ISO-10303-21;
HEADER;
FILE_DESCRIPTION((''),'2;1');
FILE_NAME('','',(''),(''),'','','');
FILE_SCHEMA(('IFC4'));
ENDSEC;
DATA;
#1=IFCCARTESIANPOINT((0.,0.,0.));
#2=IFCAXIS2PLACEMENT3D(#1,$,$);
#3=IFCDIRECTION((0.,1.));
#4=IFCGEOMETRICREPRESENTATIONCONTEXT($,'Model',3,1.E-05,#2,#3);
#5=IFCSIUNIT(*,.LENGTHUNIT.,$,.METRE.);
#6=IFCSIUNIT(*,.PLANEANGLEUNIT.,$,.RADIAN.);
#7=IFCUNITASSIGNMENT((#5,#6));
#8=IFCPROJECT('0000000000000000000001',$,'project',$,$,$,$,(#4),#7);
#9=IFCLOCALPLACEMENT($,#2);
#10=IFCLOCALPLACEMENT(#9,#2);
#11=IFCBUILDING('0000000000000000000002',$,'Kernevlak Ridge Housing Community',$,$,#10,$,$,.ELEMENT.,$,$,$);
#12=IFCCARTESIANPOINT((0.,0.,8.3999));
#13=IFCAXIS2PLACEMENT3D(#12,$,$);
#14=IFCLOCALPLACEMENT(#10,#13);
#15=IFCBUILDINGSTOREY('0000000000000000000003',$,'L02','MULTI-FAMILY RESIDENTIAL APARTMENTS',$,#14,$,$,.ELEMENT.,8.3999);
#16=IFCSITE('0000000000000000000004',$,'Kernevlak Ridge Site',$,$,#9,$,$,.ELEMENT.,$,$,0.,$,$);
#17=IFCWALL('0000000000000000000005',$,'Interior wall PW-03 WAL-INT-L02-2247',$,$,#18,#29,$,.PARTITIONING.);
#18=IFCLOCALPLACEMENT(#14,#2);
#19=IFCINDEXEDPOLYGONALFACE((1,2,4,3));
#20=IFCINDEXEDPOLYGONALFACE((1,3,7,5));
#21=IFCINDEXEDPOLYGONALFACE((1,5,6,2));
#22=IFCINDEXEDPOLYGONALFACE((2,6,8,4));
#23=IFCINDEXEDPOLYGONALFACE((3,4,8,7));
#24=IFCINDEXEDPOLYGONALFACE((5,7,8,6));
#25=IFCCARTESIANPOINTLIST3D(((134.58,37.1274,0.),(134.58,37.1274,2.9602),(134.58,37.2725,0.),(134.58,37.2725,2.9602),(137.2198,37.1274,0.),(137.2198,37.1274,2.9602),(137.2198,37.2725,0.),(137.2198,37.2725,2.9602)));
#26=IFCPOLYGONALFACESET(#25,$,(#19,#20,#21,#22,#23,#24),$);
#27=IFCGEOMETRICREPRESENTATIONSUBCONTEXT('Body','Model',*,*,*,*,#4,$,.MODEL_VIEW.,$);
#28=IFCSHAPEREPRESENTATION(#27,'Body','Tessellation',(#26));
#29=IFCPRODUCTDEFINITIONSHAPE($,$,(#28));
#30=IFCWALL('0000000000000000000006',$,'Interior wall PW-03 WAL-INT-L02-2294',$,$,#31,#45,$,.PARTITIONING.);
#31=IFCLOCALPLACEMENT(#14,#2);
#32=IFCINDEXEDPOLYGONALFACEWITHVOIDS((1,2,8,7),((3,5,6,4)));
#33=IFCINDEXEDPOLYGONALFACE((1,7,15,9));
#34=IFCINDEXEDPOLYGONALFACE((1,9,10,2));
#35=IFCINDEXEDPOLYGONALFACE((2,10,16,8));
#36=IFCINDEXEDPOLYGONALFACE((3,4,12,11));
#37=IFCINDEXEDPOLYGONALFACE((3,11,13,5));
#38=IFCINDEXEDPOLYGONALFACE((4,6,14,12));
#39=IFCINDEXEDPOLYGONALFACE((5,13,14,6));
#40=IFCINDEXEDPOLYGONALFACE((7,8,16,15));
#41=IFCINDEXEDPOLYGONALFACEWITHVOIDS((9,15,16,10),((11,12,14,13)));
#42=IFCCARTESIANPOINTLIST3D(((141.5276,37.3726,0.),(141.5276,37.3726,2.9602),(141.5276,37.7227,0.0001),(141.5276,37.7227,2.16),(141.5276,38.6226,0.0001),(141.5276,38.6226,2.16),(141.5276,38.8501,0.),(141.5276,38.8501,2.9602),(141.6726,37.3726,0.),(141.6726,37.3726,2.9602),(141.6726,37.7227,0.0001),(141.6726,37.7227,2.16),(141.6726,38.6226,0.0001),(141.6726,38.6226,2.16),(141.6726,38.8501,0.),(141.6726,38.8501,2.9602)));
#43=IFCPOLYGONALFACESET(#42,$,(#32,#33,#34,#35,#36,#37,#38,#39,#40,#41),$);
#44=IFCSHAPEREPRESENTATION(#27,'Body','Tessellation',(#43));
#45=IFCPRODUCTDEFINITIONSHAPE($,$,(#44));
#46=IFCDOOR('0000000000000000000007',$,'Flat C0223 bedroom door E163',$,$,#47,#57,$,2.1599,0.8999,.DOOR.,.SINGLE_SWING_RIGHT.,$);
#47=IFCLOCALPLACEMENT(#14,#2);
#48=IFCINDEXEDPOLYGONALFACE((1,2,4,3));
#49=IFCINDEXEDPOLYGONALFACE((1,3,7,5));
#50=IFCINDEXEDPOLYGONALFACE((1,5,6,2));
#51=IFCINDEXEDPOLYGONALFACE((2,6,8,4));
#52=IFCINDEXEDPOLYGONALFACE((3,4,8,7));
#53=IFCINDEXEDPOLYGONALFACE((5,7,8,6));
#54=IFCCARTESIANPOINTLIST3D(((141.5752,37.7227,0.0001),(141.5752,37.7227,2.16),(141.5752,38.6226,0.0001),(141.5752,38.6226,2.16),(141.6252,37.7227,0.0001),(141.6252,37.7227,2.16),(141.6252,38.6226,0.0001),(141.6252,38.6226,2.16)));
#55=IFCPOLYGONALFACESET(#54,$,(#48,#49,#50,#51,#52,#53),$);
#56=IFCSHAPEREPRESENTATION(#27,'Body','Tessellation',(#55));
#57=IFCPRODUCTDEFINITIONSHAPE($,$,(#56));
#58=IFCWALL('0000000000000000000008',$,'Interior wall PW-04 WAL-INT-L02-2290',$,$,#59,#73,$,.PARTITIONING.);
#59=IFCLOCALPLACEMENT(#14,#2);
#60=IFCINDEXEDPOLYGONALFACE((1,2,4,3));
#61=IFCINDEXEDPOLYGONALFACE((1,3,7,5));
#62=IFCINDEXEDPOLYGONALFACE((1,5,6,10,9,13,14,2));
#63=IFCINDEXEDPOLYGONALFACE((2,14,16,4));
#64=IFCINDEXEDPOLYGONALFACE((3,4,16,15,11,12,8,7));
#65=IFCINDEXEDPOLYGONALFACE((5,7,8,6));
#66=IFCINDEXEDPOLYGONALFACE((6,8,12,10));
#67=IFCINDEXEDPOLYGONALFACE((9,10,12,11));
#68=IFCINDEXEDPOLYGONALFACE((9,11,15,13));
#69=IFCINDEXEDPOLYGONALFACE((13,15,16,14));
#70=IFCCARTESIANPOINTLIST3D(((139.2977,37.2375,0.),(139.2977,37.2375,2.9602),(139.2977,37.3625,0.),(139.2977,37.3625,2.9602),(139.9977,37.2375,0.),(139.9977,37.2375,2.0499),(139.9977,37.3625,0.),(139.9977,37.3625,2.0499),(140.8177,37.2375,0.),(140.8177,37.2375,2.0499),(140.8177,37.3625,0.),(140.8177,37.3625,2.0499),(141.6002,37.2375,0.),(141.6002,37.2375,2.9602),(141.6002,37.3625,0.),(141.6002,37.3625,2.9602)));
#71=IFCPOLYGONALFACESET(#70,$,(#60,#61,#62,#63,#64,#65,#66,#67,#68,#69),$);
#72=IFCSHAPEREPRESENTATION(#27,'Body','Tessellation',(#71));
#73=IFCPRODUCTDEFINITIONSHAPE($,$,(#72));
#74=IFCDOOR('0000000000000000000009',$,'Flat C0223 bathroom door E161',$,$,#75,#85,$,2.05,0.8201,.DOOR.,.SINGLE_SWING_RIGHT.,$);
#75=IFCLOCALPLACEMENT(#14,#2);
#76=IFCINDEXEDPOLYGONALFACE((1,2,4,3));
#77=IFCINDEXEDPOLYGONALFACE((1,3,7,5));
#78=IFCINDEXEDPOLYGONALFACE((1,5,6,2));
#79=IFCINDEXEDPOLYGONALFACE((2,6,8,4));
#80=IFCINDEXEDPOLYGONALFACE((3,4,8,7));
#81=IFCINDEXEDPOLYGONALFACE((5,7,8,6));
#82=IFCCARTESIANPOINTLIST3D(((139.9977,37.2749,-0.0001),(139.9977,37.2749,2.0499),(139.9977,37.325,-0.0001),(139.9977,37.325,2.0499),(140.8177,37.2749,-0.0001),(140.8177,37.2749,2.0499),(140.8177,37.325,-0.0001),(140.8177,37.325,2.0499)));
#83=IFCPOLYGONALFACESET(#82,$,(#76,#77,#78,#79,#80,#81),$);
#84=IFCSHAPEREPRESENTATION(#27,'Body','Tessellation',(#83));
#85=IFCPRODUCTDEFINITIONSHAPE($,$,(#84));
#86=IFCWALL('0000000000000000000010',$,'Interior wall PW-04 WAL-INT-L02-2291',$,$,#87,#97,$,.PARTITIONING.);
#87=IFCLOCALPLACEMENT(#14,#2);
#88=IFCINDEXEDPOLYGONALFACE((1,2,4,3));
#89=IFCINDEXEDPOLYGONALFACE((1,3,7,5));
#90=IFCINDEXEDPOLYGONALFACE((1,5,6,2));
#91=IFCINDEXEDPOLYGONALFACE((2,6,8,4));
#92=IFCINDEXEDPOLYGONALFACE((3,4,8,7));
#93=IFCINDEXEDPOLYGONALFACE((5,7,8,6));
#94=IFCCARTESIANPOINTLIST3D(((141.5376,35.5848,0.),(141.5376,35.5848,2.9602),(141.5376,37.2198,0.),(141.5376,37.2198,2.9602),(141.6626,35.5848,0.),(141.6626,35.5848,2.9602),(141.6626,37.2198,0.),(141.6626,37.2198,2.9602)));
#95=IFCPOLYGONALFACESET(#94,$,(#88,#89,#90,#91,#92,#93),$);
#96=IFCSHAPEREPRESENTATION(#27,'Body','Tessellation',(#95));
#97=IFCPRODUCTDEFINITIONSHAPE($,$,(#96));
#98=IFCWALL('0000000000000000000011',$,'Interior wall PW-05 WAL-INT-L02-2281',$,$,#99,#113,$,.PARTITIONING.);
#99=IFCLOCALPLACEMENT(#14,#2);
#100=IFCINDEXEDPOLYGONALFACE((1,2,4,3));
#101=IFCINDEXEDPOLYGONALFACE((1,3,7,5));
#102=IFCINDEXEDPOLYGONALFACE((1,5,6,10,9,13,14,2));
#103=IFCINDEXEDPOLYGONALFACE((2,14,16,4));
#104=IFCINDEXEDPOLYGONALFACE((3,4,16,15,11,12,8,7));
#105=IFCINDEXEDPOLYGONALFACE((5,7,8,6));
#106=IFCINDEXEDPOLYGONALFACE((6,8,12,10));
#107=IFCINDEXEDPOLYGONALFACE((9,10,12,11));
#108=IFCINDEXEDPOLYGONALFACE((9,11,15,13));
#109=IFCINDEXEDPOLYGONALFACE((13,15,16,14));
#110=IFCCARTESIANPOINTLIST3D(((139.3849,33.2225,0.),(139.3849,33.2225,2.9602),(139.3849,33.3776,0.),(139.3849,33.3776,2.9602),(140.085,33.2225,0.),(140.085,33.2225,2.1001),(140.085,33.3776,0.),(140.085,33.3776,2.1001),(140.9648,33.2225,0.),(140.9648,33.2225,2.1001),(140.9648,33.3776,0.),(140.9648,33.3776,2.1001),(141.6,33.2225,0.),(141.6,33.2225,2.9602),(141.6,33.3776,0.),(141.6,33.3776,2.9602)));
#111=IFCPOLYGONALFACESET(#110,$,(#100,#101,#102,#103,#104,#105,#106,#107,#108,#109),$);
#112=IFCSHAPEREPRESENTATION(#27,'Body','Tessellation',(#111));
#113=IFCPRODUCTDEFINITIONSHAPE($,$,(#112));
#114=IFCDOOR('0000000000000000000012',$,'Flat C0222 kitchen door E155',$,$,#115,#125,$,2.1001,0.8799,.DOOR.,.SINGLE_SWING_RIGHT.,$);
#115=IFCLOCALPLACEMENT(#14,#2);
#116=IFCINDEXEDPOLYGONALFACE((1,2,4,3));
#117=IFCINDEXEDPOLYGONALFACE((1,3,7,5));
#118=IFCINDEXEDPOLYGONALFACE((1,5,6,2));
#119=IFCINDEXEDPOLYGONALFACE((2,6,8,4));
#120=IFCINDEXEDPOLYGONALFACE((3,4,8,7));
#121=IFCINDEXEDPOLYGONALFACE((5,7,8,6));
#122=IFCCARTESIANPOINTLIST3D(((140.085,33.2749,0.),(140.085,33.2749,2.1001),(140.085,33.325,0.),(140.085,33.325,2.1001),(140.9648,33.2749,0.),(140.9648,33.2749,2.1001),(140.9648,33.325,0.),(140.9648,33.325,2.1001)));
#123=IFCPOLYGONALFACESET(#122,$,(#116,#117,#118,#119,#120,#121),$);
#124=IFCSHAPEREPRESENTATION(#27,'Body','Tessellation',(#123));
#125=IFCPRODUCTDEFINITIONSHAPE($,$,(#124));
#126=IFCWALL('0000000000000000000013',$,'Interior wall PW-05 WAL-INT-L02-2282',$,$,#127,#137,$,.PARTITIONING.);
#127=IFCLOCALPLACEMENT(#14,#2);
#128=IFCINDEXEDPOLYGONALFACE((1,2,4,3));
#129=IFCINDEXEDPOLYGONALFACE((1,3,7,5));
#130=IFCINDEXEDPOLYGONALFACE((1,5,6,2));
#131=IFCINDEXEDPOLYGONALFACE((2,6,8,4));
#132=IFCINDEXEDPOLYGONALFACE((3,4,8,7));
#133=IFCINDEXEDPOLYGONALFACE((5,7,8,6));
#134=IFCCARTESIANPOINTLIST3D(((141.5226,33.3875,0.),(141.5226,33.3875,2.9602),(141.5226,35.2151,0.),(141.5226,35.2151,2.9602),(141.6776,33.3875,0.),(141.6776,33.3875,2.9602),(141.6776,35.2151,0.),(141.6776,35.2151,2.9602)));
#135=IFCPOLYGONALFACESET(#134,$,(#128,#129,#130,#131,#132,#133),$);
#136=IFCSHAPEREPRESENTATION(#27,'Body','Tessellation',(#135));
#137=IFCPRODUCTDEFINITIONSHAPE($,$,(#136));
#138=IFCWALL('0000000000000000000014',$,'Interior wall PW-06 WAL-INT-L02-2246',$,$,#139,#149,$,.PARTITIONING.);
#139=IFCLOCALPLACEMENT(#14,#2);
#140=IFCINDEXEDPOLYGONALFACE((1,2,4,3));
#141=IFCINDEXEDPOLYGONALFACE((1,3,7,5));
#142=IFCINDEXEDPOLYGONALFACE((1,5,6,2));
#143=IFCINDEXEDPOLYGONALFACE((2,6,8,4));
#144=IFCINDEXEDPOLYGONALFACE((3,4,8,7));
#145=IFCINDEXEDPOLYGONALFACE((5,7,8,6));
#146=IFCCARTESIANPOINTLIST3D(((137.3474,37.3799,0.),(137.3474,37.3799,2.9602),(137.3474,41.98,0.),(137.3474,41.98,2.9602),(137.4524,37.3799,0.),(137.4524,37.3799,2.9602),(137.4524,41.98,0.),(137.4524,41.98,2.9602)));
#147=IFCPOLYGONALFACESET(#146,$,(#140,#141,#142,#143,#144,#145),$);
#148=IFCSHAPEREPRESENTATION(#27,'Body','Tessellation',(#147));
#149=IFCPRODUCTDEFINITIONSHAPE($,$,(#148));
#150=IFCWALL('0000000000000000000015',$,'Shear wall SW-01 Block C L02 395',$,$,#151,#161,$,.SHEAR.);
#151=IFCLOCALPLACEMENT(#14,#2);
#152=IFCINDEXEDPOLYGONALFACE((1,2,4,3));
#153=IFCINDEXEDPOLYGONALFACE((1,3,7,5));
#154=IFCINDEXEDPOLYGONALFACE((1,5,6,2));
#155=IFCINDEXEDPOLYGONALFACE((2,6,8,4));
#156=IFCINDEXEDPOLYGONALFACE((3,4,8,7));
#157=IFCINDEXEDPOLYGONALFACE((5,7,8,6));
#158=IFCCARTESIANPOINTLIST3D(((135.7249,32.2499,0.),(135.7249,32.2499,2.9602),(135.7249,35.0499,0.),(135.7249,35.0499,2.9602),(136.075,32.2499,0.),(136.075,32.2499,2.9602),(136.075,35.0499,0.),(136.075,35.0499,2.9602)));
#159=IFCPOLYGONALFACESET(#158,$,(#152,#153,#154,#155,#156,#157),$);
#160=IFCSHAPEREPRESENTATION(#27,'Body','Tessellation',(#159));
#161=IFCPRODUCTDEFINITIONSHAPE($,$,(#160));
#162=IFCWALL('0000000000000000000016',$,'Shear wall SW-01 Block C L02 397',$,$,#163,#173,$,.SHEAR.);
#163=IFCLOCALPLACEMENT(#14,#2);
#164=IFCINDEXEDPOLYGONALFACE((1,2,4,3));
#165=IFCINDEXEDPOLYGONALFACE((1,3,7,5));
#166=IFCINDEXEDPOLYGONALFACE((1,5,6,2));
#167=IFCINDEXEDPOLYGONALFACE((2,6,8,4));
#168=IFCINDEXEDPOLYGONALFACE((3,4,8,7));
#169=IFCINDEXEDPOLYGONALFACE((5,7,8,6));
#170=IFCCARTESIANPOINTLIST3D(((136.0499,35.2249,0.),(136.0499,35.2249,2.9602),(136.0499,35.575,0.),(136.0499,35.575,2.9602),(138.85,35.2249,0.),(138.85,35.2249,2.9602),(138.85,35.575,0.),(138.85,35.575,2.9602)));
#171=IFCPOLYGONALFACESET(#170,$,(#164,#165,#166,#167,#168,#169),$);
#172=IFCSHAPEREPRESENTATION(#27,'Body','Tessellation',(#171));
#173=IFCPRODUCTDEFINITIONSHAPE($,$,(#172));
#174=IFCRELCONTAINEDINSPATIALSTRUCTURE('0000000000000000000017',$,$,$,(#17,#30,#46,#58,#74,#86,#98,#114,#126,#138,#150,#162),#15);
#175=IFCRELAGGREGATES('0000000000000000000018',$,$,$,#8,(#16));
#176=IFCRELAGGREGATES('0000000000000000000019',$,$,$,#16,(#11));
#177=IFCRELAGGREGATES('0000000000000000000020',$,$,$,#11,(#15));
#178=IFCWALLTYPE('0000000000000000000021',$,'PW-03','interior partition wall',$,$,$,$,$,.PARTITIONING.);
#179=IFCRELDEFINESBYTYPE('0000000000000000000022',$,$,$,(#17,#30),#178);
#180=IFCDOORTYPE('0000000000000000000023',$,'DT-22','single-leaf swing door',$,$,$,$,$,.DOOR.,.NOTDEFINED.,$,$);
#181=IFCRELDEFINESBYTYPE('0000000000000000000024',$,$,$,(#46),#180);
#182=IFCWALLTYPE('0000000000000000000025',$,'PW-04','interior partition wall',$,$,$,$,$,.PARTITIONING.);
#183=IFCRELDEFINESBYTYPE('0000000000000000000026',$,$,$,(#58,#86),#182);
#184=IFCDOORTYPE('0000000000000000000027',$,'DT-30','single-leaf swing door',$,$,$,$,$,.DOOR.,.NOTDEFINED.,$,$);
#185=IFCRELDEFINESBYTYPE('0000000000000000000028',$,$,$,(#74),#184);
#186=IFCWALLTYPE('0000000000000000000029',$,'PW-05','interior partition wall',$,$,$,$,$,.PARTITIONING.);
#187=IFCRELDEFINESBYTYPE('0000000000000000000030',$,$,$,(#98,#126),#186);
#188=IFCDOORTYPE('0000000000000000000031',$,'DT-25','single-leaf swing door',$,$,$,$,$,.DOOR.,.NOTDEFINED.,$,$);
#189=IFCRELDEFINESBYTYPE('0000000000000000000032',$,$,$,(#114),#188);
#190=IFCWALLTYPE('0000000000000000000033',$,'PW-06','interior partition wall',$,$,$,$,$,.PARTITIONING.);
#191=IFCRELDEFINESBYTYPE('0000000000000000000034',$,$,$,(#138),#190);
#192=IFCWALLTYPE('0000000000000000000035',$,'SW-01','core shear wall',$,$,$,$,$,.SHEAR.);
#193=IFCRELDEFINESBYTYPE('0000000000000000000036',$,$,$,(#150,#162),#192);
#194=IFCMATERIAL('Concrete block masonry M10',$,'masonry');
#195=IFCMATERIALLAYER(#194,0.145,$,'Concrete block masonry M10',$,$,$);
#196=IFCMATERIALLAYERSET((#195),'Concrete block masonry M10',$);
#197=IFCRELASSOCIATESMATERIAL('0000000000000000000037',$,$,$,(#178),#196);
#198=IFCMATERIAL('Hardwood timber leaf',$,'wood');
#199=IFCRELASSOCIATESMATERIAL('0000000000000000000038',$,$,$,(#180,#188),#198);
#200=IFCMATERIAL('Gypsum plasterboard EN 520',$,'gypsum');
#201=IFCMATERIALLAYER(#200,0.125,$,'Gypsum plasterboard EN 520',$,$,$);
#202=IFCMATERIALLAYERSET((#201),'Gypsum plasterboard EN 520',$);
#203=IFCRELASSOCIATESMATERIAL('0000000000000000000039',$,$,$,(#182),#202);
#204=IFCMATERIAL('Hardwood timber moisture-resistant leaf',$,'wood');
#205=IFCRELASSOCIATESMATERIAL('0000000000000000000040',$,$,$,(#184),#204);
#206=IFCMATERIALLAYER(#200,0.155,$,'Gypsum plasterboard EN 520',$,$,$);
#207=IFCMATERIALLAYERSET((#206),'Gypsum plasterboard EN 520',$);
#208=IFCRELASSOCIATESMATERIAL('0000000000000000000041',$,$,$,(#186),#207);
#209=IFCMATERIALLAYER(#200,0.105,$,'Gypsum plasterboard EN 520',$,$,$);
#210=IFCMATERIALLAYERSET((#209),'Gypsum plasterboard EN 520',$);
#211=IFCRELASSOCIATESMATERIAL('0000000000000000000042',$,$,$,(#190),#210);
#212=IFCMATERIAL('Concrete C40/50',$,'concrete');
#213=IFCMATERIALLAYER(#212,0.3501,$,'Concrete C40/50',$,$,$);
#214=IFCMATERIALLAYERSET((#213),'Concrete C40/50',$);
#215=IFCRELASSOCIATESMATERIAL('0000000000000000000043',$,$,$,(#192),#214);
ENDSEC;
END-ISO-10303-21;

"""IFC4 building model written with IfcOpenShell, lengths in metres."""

from ifc_helpers import new_model, si_unit, direction, frame, frame_2d, origin, place, context, subcontext, project, spatial, rectangle, extrude, material, layer, layer_set, type_object, element, fill, save


model = new_model("IFC4")

# Units and contexts
model_context = context("Model", 3, precision=1e-05, world=origin(), true_north=direction((0.0, 1.0)))
body_context = subcontext(model_context, "Body", "Model", "MODEL_VIEW")
ifc_project = project(units=[si_unit("LENGTHUNIT", "METRE"), si_unit("PLANEANGLEUNIT", "RADIAN")], contexts=[model_context])

# Site, building, storey
site_placement = place(None, origin())
site = spatial("IfcSite", under=ifc_project, at=site_placement, Name="Kernevlak Ridge Site", CompositionType="ELEMENT", RefElevation=0.0)
building_placement = place(site_placement, origin())
building = spatial("IfcBuilding", under=site, at=building_placement, Name="Kernevlak Ridge Housing Community", CompositionType="ELEMENT")
storey_placement = place(building_placement, frame((0.0, 0.0, 8.3999)))
storey = spatial("IfcBuildingStorey", under=building, at=storey_placement, Name="L02", Description="MULTI-FAMILY RESIDENTIAL APARTMENTS", CompositionType="ELEMENT", Elevation=8.3999)

# Shared definitions
ifc_material_1 = material(Name="Concrete C40/50", Category="concrete")

# Shared definitions
ifc_material_2 = material(Name="Concrete block masonry M10", Category="masonry")

# Shared definitions
ifc_layer_1 = layer(ifc_material_2, 0.145, Name="Concrete block masonry M10")
ifc_layer_set_1 = layer_set([ifc_layer_1], Name="Concrete block masonry M10")
wall_type_1 = type_object("IfcWallType", Name="PW-03", Description="interior partition wall", PredefinedType="PARTITIONING", material=ifc_layer_set_1)
ifc_material_3 = material(Name="Hardwood timber leaf", Category="wood")

# Wall
wall_1_placement = place(storey_placement, frame((134.5801, 37.2, 0.0), z_axis=(0.0, 0.0, 1.0), x_axis=(1.0, 0.0, 0.0)))
element("IfcWall", 1, at=wall_1_placement, inside=storey, type_object=wall_type_1, Name="Interior wall PW-03 WAL-INT-L02-2247", PredefinedType="PARTITIONING", context=body_context, shape_type="SweptSolid", body=[
    extrude(rectangle(XDim=2.6399, YDim=0.145, at=frame_2d((1.3198, 0.0))), origin(), (0.0, 0.0, 1.0), 2.9602),
])

# Walls, openings, doors
wall_2_placement = place(storey_placement, frame((141.6001, 37.3726, 0.0), z_axis=(0.0, 0.0, 1.0), x_axis=(0.0, 1.0, 0.0)))
wall_2 = element("IfcWall", 2, at=wall_2_placement, inside=storey, type_object=wall_type_1, Name="Interior wall PW-03 WAL-INT-L02-2294", PredefinedType="PARTITIONING", context=body_context, shape_type="SweptSolid", body=[
    extrude(rectangle(XDim=1.4775, YDim=0.145, at=frame_2d((0.7388, 0.0))), origin(), (0.0, 0.0, 1.0), 2.9602),
])
opening_1_placement = place(wall_2_placement, frame((0.3501, 0.0, 0.0)))
opening_1 = element("IfcOpeningElement", 3, at=opening_1_placement, cuts=wall_2, PredefinedType="OPENING", context=body_context, shape_type="SweptSolid", body=[
    extrude(rectangle(XDim=0.8999, YDim=2.1599, at=frame_2d((0.45, 1.0801))), frame((0.0, 0.0825, 0.0), z_axis=(0.0, -1.0, 0.0), x_axis=(1.0, 0.0, 0.0)), (0.0, 0.0, 1.0), 0.165),
])
door_type_1 = type_object("IfcDoorType", Name="DT-22", Description="single-leaf swing door", OperationType="NOTDEFINED", PredefinedType="DOOR", material=ifc_material_3)
door_1_placement = place(opening_1_placement, origin())
door_1 = element("IfcDoor", 4, at=door_1_placement, inside=storey, type_object=door_type_1, Name="Flat C0223 bedroom door E163", OperationType="SINGLE_SWING_RIGHT", OverallHeight=2.1599, OverallWidth=0.8999, PredefinedType="DOOR", context=body_context, shape_type="SweptSolid", body=[
    extrude(rectangle(XDim=0.8999, YDim=2.1599, at=frame_2d((0.45, 1.0801))), frame((0.0, 0.0249, 0.0), z_axis=(0.0, -1.0, 0.0), x_axis=(1.0, 0.0, 0.0)), (0.0, 0.0, 1.0), 0.05),
])
fill(opening_1, door_1)
ifc_material_4 = material(Name="Gypsum plasterboard EN 520", Category="gypsum")
ifc_layer_2 = layer(ifc_material_4, 0.125, Name="Gypsum plasterboard EN 520")
ifc_layer_set_2 = layer_set([ifc_layer_2], Name="Gypsum plasterboard EN 520")
wall_type_2 = type_object("IfcWallType", Name="PW-04", Description="interior partition wall", PredefinedType="PARTITIONING", material=ifc_layer_set_2)
wall_3_placement = place(storey_placement, frame((139.2976, 37.3, 0.0), z_axis=(0.0, 0.0, 1.0), x_axis=(1.0, 0.0, 0.0)))
wall_3 = element("IfcWall", 5, at=wall_3_placement, inside=storey, type_object=wall_type_2, Name="Interior wall PW-04 WAL-INT-L02-2290", PredefinedType="PARTITIONING", context=body_context, shape_type="SweptSolid", body=[
    extrude(rectangle(XDim=2.3025, YDim=0.125, at=frame_2d((1.1514, 0.0))), origin(), (0.0, 0.0, 1.0), 2.9602),
])
opening_2_placement = place(wall_3_placement, frame((0.7, 0.0, 0.0)))
opening_2 = element("IfcOpeningElement", 6, at=opening_2_placement, cuts=wall_3, PredefinedType="OPENING", context=body_context, shape_type="SweptSolid", body=[
    extrude(rectangle(XDim=0.8201, YDim=2.05, at=frame_2d((0.4102, 1.0249))), frame((0.0, 0.0725, 0.0), z_axis=(0.0, -1.0, 0.0), x_axis=(1.0, 0.0, 0.0)), (0.0, 0.0, 1.0), 0.145),
])
ifc_material_5 = material(Name="Hardwood timber moisture-resistant leaf", Category="wood")
door_type_2 = type_object("IfcDoorType", Name="DT-30", Description="single-leaf swing door", OperationType="NOTDEFINED", PredefinedType="DOOR", material=ifc_material_5)
door_2_placement = place(opening_2_placement, origin())
door_2 = element("IfcDoor", 7, at=door_2_placement, inside=storey, type_object=door_type_2, Name="Flat C0223 bathroom door E161", OperationType="SINGLE_SWING_RIGHT", OverallHeight=2.05, OverallWidth=0.8201, PredefinedType="DOOR", context=body_context, shape_type="SweptSolid", body=[
    extrude(rectangle(XDim=0.8201, YDim=2.05, at=frame_2d((0.4102, 1.0249))), frame((0.0, 0.0249, 0.0), z_axis=(0.0, -1.0, 0.0), x_axis=(1.0, 0.0, 0.0)), (0.0, 0.0, 1.0), 0.05),
])
fill(opening_2, door_2)

# Wall
wall_4_placement = place(storey_placement, frame((141.6001, 35.585, 0.0), z_axis=(0.0, 0.0, 1.0), x_axis=(0.0, 1.0, 0.0)))
element("IfcWall", 8, at=wall_4_placement, inside=storey, type_object=wall_type_2, Name="Interior wall PW-04 WAL-INT-L02-2291", PredefinedType="PARTITIONING", context=body_context, shape_type="SweptSolid", body=[
    extrude(rectangle(XDim=1.635, YDim=0.125, at=frame_2d((0.8174, 0.0))), origin(), (0.0, 0.0, 1.0), 2.9602),
])

# Wall, opening, door
ifc_layer_3 = layer(ifc_material_4, 0.155, Name="Gypsum plasterboard EN 520")
ifc_layer_set_3 = layer_set([ifc_layer_3], Name="Gypsum plasterboard EN 520")
wall_type_3 = type_object("IfcWallType", Name="PW-05", Description="interior partition wall", PredefinedType="PARTITIONING", material=ifc_layer_set_3)
wall_5_placement = place(storey_placement, frame((139.385, 33.3, 0.0), z_axis=(0.0, 0.0, 1.0), x_axis=(1.0, 0.0, 0.0)))
wall_5 = element("IfcWall", 9, at=wall_5_placement, inside=storey, type_object=wall_type_3, Name="Interior wall PW-05 WAL-INT-L02-2281", PredefinedType="PARTITIONING", context=body_context, shape_type="SweptSolid", body=[
    extrude(rectangle(XDim=2.2151, YDim=0.155, at=frame_2d((1.1074, 0.0))), origin(), (0.0, 0.0, 1.0), 2.9602),
])
opening_3_placement = place(wall_5_placement, frame((0.7, 0.0, 0.0)))
opening_3 = element("IfcOpeningElement", 10, at=opening_3_placement, cuts=wall_5, PredefinedType="OPENING", context=body_context, shape_type="SweptSolid", body=[
    extrude(rectangle(XDim=0.8799, YDim=2.1001, at=frame_2d((0.4399, 1.05))), frame((0.0, 0.0874, 0.0), z_axis=(0.0, -1.0, 0.0), x_axis=(1.0, 0.0, 0.0)), (0.0, 0.0, 1.0), 0.175),
])
door_type_3 = type_object("IfcDoorType", Name="DT-25", Description="single-leaf swing door", OperationType="NOTDEFINED", PredefinedType="DOOR", material=ifc_material_3)
door_3_placement = place(opening_3_placement, origin())
door_3 = element("IfcDoor", 11, at=door_3_placement, inside=storey, type_object=door_type_3, Name="Flat C0222 kitchen door E155", OperationType="SINGLE_SWING_RIGHT", OverallHeight=2.1001, OverallWidth=0.8799, PredefinedType="DOOR", context=body_context, shape_type="SweptSolid", body=[
    extrude(rectangle(XDim=0.8799, YDim=2.1001, at=frame_2d((0.4399, 1.05))), frame((0.0, 0.0249, 0.0), z_axis=(0.0, -1.0, 0.0), x_axis=(1.0, 0.0, 0.0)), (0.0, 0.0, 1.0), 0.05),
])
fill(opening_3, door_3)

# Walls
wall_6_placement = place(storey_placement, frame((141.6001, 33.3875, 0.0), z_axis=(0.0, 0.0, 1.0), x_axis=(0.0, 1.0, 0.0)))
element("IfcWall", 12, at=wall_6_placement, inside=storey, type_object=wall_type_3, Name="Interior wall PW-05 WAL-INT-L02-2282", PredefinedType="PARTITIONING", context=body_context, shape_type="SweptSolid", body=[
    extrude(rectangle(XDim=1.8276, YDim=0.155, at=frame_2d((0.9138, 0.0))), origin(), (0.0, 0.0, 1.0), 2.9602),
])
ifc_layer_4 = layer(ifc_material_4, 0.105, Name="Gypsum plasterboard EN 520")
ifc_layer_set_4 = layer_set([ifc_layer_4], Name="Gypsum plasterboard EN 520")
wall_type_4 = type_object("IfcWallType", Name="PW-06", Description="interior partition wall", PredefinedType="PARTITIONING", material=ifc_layer_set_4)
wall_7_placement = place(storey_placement, frame((137.3999, 37.3799, 0.0), z_axis=(0.0, 0.0, 1.0), x_axis=(0.0, 1.0, 0.0)))
element("IfcWall", 13, at=wall_7_placement, inside=storey, type_object=wall_type_4, Name="Interior wall PW-06 WAL-INT-L02-2246", PredefinedType="PARTITIONING", context=body_context, shape_type="SweptSolid", body=[
    extrude(rectangle(XDim=4.6001, YDim=0.105, at=frame_2d((2.3, 0.0))), origin(), (0.0, 0.0, 1.0), 2.9602),
])
ifc_layer_5 = layer(ifc_material_1, 0.3501, Name="Concrete C40/50")
ifc_layer_set_5 = layer_set([ifc_layer_5], Name="Concrete C40/50")
wall_type_5 = type_object("IfcWallType", Name="SW-01", Description="core shear wall", PredefinedType="SHEAR", material=ifc_layer_set_5)
for number, where, z_axis, x_axis, name in (
    (14, (135.8999, 32.25, 0.0), (0.0, 0.0, 1.0), (0.0, 1.0, 0.0), "Shear wall SW-01 Block C L02 395"),
    (15, (136.05, 35.3999, 0.0), (0.0, 0.0, 1.0), (1.0, 0.0, 0.0), "Shear wall SW-01 Block C L02 397"),
):
    element("IfcWall", number, at=place(storey_placement, frame(where, z_axis=z_axis, x_axis=x_axis)), inside=storey, type_object=wall_type_5, Name=name, PredefinedType="SHEAR", context=body_context, shape_type="SweptSolid", body=[
        extrude(rectangle(XDim=2.8, YDim=0.3501, at=frame_2d((1.3999, 0.0))), origin(), (0.0, 0.0, 1.0), 2.9602),
    ])

save(model, "model.ifc")
